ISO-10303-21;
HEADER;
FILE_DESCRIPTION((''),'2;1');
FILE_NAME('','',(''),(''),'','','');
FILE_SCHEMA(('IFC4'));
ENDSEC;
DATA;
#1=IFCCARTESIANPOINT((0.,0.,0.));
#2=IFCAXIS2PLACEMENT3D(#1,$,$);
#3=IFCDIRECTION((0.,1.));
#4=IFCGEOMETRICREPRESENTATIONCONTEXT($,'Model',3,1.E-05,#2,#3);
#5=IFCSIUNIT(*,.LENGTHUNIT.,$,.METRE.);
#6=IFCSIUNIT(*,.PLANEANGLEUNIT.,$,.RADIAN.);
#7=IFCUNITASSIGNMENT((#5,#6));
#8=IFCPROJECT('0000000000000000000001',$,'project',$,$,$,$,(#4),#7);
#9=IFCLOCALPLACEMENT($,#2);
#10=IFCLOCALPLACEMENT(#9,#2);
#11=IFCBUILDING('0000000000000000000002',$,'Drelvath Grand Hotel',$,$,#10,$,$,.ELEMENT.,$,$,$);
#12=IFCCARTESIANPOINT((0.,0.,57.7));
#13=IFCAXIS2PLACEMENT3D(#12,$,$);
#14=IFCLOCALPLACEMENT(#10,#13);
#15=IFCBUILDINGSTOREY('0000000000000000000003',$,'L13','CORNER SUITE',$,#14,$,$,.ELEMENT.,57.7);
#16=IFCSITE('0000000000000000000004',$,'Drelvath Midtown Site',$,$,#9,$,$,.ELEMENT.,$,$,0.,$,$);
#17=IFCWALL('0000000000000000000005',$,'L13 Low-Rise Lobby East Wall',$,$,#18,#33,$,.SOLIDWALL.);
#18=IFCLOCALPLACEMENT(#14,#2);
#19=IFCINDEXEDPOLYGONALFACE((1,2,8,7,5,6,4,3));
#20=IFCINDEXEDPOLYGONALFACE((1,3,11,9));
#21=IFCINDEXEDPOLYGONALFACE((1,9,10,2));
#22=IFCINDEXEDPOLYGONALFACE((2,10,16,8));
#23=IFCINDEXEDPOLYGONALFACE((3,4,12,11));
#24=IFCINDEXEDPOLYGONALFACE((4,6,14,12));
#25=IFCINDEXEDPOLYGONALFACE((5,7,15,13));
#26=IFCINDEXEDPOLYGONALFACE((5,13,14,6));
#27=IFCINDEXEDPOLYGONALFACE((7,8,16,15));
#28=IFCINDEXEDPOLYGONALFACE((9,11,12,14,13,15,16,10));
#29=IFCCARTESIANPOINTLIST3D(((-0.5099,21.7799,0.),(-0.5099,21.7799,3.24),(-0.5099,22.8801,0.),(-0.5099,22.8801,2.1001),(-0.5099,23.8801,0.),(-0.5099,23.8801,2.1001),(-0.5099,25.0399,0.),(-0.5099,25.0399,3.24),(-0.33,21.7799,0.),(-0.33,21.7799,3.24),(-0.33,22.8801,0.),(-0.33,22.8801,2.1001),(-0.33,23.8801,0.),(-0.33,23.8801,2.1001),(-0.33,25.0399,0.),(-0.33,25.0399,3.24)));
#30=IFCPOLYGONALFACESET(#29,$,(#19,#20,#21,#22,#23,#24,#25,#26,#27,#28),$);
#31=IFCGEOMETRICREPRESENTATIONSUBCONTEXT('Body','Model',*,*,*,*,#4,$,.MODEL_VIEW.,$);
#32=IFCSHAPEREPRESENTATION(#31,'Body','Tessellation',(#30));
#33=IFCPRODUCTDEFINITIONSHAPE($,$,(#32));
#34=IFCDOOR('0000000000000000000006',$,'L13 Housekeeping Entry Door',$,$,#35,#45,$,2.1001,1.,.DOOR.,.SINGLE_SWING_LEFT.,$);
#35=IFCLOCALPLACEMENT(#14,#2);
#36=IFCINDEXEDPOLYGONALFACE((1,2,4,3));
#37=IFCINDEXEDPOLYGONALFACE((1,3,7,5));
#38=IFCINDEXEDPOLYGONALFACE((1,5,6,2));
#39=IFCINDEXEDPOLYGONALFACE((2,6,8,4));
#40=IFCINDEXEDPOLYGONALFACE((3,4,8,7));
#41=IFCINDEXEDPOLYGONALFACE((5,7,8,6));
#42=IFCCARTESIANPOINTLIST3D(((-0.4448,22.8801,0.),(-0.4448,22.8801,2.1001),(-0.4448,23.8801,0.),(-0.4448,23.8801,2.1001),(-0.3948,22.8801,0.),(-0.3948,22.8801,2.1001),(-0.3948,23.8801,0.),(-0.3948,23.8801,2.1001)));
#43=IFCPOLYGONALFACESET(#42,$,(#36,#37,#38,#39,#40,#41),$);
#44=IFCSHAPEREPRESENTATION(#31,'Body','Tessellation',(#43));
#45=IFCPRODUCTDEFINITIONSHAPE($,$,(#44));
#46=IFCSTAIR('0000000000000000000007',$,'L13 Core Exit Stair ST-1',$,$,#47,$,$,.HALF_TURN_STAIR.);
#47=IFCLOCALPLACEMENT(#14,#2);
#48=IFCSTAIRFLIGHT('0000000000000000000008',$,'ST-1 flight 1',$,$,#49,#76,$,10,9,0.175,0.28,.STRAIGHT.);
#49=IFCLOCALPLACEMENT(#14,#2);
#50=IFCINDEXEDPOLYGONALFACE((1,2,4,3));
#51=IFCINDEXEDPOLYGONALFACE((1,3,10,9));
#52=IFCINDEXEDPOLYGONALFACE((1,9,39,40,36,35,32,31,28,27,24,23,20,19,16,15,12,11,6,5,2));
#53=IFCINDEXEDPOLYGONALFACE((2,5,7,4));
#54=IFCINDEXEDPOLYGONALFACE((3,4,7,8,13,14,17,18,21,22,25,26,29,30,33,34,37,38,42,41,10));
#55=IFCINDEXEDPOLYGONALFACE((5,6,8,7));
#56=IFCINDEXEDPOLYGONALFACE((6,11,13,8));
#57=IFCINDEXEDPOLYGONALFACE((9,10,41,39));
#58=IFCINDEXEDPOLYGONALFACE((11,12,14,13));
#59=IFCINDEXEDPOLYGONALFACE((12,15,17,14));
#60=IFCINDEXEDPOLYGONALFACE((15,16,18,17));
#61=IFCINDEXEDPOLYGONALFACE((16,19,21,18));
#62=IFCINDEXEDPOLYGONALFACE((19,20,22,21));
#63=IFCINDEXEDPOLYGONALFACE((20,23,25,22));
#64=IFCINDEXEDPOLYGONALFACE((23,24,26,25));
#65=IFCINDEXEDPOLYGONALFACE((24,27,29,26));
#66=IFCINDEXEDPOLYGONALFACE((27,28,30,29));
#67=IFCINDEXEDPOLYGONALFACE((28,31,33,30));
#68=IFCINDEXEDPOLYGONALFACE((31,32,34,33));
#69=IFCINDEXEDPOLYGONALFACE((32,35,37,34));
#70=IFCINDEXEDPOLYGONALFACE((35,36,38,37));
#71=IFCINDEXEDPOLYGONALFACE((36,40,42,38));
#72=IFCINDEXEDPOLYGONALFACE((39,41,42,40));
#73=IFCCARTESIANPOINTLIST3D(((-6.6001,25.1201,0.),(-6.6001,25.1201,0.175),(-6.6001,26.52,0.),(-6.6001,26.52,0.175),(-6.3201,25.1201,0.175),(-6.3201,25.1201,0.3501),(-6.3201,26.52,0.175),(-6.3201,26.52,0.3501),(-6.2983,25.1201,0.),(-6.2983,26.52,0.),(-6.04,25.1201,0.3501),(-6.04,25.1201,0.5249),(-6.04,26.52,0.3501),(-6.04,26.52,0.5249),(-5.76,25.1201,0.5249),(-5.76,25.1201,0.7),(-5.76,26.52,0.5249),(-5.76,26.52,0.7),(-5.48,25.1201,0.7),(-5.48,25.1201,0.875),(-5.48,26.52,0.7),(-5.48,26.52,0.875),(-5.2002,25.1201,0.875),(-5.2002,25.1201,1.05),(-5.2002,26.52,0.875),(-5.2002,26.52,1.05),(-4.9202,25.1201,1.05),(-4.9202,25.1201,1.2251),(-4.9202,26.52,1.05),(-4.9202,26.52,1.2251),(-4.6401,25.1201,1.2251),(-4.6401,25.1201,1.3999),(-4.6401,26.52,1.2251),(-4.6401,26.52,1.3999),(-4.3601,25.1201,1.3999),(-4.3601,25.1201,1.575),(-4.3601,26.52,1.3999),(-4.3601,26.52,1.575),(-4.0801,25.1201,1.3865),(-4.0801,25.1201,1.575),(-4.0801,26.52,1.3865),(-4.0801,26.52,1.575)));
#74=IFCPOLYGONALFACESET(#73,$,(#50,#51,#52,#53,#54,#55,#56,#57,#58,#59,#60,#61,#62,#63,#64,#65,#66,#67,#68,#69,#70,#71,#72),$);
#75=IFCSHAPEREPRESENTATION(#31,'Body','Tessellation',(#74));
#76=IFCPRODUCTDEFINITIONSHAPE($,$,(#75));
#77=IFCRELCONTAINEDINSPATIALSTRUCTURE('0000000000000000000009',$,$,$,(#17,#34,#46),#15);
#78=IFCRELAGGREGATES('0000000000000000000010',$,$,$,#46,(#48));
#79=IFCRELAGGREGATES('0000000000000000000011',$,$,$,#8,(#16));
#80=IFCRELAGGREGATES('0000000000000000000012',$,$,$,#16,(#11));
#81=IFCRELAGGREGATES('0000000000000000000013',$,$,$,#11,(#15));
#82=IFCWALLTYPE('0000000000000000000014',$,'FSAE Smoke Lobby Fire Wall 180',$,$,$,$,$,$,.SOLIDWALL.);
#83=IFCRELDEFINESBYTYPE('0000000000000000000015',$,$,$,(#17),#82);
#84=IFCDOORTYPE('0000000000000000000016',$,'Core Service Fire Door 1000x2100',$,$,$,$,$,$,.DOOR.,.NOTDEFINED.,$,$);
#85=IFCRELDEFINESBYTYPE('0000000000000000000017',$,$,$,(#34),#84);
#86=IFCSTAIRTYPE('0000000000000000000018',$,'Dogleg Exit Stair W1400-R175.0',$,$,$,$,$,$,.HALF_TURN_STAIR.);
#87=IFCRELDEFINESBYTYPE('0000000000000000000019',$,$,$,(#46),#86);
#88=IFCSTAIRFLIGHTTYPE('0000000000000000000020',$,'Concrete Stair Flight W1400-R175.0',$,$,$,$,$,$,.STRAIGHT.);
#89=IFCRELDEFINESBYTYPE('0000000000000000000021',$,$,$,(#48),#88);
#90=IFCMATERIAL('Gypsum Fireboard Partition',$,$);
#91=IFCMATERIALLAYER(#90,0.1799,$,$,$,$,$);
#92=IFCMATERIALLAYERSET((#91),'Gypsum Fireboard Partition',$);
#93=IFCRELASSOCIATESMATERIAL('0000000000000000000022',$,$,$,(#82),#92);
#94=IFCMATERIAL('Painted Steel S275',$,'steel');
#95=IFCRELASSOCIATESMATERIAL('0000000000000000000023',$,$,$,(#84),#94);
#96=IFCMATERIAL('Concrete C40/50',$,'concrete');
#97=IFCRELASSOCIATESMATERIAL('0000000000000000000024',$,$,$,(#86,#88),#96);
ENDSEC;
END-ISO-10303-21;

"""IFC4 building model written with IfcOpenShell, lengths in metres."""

from ifc_helpers import new_model, si_unit, direction, frame, frame_2d, origin, place, context, subcontext, project, spatial, polyline, rectangle, outline, extrude, material, layer, layer_set, type_object, element, fill, aggregate, save


model = new_model("IFC4")

# Units and contexts
model_context = context("Model", 3, precision=1e-05, world=origin(), true_north=direction((0.0, 1.0)))
body_context = subcontext(model_context, "Body", "Model", "MODEL_VIEW")
ifc_project = project(units=[si_unit("LENGTHUNIT", "METRE"), si_unit("PLANEANGLEUNIT", "RADIAN")], contexts=[model_context])

# Site, building, storey
site_placement = place(None, origin())
site = spatial("IfcSite", under=ifc_project, at=site_placement, Name="Drelvath Midtown Site", CompositionType="ELEMENT", RefElevation=0.0)
building_placement = place(site_placement, origin())
building = spatial("IfcBuilding", under=site, at=building_placement, Name="Drelvath Grand Hotel", CompositionType="ELEMENT")
storey_placement = place(building_placement, frame((0.0, 0.0, 57.7)))
storey = spatial("IfcBuildingStorey", under=building, at=storey_placement, Name="L13", Description="CORNER SUITE", CompositionType="ELEMENT", Elevation=57.7)

# Shared definitions
ifc_material_1 = material(Name="Concrete C40/50", Category="concrete")

# Shared definitions
ifc_material_2 = material(Name="Painted Steel S275", Category="steel")

# Wall, opening, door
ifc_material_3 = material(Name="Gypsum Fireboard Partition")
ifc_layer_1 = layer(ifc_material_3, 0.1799)
ifc_layer_set_1 = layer_set([ifc_layer_1], Name="Gypsum Fireboard Partition")
wall_type_1 = type_object("IfcWallType", Name="FSAE Smoke Lobby Fire Wall 180", PredefinedType="SOLIDWALL", material=ifc_layer_set_1)
wall_1_placement = place(storey_placement, frame((-0.4199, 21.78, 0.0), z_axis=(0.0, 0.0, 1.0), x_axis=(0.0, 1.0, 0.0)))
wall_1 = element("IfcWall", 1, at=wall_1_placement, inside=storey, type_object=wall_type_1, Name="L13 Low-Rise Lobby East Wall", PredefinedType="SOLIDWALL", context=body_context, shape_type="SweptSolid", body=[
    extrude(rectangle(XDim=3.26, YDim=0.1799, at=frame_2d((1.6299, 0.0))), origin(), (0.0, 0.0, 1.0), 3.24),
])
opening_1_placement = place(wall_1_placement, frame((1.1001, 0.0, 0.0)))
opening_1 = element("IfcOpeningElement", 2, at=opening_1_placement, cuts=wall_1, PredefinedType="OPENING", context=body_context, shape_type="SweptSolid", body=[
    extrude(rectangle(XDim=1.0, YDim=2.1001, at=frame_2d((0.5, 1.05))), frame((0.0, 0.0999, 0.0), z_axis=(0.0, -1.0, 0.0), x_axis=(1.0, 0.0, 0.0)), (0.0, 0.0, 1.0), 0.2),
])
door_type_1 = type_object("IfcDoorType", Name="Core Service Fire Door 1000x2100", OperationType="NOTDEFINED", PredefinedType="DOOR", material=ifc_material_2)
door_1_placement = place(opening_1_placement, origin())
door_1 = element("IfcDoor", 3, at=door_1_placement, inside=storey, type_object=door_type_1, Name="L13 Housekeeping Entry Door", OperationType="SINGLE_SWING_LEFT", OverallHeight=2.1001, OverallWidth=1.0, PredefinedType="DOOR", context=body_context, shape_type="SweptSolid", body=[
    extrude(rectangle(XDim=1.0, YDim=2.1001, at=frame_2d((0.5, 1.05))), frame((0.0, 0.0249, 0.0), z_axis=(0.0, -1.0, 0.0), x_axis=(1.0, 0.0, 0.0)), (0.0, 0.0, 1.0), 0.05),
])
fill(opening_1, door_1)

# Stair, stair flight
stair_type = type_object("IfcStairType", Name="Dogleg Exit Stair W1400-R175.0", PredefinedType="HALF_TURN_STAIR", material=ifc_material_1)
stair_placement = place(storey_placement, origin())
stair = element("IfcStair", 4, at=stair_placement, inside=storey, type_object=stair_type, Name="L13 Core Exit Stair ST-1", PredefinedType="HALF_TURN_STAIR")
stair_flight_type = type_object("IfcStairFlightType", Name="Concrete Stair Flight W1400-R175.0", PredefinedType="STRAIGHT", material=ifc_material_1)
stair_flight_placement = place(storey_placement, frame((-6.6001, 25.8201, 0.0), z_axis=(0.0, 0.0, 1.0), x_axis=(1.0, 0.0, 0.0)))
stair_flight = element("IfcStairFlight", 5, at=stair_flight_placement, type_object=stair_flight_type, Name="ST-1 flight 1", NumberOfRisers=10, NumberOfTreads=9, PredefinedType="STRAIGHT", RiserHeight=0.175, TreadLength=0.28, context=body_context, shape_type="SweptSolid", body=[
    extrude(outline(polyline([(0.0, 0.0), (0.0, 0.175), (0.28, 0.175), (0.28, 0.3501), (0.5601, 0.3501), (0.5601, 0.5249), (0.8401, 0.5249), (0.8401, 0.7), (1.1201, 0.7), (1.1201, 0.875), (1.3999, 0.875), (1.3999, 1.05), (1.6799, 1.05), (1.6799, 1.2251), (1.96, 1.2251), (1.96, 1.3999), (2.24, 1.3999), (2.24, 1.575), (2.52, 1.575), (2.52, 1.75), (2.52, 1.3865), (0.3018, 0.0), (0.0, 0.0)])), frame((0.0, 0.7, 0.0), z_axis=(0.0, -1.0, 0.0), x_axis=(1.0, 0.0, 0.0)), (0.0, 0.0, 1.0), 1.3999),
])
aggregate(stair, [stair_flight])

save(model, "model.ifc")
